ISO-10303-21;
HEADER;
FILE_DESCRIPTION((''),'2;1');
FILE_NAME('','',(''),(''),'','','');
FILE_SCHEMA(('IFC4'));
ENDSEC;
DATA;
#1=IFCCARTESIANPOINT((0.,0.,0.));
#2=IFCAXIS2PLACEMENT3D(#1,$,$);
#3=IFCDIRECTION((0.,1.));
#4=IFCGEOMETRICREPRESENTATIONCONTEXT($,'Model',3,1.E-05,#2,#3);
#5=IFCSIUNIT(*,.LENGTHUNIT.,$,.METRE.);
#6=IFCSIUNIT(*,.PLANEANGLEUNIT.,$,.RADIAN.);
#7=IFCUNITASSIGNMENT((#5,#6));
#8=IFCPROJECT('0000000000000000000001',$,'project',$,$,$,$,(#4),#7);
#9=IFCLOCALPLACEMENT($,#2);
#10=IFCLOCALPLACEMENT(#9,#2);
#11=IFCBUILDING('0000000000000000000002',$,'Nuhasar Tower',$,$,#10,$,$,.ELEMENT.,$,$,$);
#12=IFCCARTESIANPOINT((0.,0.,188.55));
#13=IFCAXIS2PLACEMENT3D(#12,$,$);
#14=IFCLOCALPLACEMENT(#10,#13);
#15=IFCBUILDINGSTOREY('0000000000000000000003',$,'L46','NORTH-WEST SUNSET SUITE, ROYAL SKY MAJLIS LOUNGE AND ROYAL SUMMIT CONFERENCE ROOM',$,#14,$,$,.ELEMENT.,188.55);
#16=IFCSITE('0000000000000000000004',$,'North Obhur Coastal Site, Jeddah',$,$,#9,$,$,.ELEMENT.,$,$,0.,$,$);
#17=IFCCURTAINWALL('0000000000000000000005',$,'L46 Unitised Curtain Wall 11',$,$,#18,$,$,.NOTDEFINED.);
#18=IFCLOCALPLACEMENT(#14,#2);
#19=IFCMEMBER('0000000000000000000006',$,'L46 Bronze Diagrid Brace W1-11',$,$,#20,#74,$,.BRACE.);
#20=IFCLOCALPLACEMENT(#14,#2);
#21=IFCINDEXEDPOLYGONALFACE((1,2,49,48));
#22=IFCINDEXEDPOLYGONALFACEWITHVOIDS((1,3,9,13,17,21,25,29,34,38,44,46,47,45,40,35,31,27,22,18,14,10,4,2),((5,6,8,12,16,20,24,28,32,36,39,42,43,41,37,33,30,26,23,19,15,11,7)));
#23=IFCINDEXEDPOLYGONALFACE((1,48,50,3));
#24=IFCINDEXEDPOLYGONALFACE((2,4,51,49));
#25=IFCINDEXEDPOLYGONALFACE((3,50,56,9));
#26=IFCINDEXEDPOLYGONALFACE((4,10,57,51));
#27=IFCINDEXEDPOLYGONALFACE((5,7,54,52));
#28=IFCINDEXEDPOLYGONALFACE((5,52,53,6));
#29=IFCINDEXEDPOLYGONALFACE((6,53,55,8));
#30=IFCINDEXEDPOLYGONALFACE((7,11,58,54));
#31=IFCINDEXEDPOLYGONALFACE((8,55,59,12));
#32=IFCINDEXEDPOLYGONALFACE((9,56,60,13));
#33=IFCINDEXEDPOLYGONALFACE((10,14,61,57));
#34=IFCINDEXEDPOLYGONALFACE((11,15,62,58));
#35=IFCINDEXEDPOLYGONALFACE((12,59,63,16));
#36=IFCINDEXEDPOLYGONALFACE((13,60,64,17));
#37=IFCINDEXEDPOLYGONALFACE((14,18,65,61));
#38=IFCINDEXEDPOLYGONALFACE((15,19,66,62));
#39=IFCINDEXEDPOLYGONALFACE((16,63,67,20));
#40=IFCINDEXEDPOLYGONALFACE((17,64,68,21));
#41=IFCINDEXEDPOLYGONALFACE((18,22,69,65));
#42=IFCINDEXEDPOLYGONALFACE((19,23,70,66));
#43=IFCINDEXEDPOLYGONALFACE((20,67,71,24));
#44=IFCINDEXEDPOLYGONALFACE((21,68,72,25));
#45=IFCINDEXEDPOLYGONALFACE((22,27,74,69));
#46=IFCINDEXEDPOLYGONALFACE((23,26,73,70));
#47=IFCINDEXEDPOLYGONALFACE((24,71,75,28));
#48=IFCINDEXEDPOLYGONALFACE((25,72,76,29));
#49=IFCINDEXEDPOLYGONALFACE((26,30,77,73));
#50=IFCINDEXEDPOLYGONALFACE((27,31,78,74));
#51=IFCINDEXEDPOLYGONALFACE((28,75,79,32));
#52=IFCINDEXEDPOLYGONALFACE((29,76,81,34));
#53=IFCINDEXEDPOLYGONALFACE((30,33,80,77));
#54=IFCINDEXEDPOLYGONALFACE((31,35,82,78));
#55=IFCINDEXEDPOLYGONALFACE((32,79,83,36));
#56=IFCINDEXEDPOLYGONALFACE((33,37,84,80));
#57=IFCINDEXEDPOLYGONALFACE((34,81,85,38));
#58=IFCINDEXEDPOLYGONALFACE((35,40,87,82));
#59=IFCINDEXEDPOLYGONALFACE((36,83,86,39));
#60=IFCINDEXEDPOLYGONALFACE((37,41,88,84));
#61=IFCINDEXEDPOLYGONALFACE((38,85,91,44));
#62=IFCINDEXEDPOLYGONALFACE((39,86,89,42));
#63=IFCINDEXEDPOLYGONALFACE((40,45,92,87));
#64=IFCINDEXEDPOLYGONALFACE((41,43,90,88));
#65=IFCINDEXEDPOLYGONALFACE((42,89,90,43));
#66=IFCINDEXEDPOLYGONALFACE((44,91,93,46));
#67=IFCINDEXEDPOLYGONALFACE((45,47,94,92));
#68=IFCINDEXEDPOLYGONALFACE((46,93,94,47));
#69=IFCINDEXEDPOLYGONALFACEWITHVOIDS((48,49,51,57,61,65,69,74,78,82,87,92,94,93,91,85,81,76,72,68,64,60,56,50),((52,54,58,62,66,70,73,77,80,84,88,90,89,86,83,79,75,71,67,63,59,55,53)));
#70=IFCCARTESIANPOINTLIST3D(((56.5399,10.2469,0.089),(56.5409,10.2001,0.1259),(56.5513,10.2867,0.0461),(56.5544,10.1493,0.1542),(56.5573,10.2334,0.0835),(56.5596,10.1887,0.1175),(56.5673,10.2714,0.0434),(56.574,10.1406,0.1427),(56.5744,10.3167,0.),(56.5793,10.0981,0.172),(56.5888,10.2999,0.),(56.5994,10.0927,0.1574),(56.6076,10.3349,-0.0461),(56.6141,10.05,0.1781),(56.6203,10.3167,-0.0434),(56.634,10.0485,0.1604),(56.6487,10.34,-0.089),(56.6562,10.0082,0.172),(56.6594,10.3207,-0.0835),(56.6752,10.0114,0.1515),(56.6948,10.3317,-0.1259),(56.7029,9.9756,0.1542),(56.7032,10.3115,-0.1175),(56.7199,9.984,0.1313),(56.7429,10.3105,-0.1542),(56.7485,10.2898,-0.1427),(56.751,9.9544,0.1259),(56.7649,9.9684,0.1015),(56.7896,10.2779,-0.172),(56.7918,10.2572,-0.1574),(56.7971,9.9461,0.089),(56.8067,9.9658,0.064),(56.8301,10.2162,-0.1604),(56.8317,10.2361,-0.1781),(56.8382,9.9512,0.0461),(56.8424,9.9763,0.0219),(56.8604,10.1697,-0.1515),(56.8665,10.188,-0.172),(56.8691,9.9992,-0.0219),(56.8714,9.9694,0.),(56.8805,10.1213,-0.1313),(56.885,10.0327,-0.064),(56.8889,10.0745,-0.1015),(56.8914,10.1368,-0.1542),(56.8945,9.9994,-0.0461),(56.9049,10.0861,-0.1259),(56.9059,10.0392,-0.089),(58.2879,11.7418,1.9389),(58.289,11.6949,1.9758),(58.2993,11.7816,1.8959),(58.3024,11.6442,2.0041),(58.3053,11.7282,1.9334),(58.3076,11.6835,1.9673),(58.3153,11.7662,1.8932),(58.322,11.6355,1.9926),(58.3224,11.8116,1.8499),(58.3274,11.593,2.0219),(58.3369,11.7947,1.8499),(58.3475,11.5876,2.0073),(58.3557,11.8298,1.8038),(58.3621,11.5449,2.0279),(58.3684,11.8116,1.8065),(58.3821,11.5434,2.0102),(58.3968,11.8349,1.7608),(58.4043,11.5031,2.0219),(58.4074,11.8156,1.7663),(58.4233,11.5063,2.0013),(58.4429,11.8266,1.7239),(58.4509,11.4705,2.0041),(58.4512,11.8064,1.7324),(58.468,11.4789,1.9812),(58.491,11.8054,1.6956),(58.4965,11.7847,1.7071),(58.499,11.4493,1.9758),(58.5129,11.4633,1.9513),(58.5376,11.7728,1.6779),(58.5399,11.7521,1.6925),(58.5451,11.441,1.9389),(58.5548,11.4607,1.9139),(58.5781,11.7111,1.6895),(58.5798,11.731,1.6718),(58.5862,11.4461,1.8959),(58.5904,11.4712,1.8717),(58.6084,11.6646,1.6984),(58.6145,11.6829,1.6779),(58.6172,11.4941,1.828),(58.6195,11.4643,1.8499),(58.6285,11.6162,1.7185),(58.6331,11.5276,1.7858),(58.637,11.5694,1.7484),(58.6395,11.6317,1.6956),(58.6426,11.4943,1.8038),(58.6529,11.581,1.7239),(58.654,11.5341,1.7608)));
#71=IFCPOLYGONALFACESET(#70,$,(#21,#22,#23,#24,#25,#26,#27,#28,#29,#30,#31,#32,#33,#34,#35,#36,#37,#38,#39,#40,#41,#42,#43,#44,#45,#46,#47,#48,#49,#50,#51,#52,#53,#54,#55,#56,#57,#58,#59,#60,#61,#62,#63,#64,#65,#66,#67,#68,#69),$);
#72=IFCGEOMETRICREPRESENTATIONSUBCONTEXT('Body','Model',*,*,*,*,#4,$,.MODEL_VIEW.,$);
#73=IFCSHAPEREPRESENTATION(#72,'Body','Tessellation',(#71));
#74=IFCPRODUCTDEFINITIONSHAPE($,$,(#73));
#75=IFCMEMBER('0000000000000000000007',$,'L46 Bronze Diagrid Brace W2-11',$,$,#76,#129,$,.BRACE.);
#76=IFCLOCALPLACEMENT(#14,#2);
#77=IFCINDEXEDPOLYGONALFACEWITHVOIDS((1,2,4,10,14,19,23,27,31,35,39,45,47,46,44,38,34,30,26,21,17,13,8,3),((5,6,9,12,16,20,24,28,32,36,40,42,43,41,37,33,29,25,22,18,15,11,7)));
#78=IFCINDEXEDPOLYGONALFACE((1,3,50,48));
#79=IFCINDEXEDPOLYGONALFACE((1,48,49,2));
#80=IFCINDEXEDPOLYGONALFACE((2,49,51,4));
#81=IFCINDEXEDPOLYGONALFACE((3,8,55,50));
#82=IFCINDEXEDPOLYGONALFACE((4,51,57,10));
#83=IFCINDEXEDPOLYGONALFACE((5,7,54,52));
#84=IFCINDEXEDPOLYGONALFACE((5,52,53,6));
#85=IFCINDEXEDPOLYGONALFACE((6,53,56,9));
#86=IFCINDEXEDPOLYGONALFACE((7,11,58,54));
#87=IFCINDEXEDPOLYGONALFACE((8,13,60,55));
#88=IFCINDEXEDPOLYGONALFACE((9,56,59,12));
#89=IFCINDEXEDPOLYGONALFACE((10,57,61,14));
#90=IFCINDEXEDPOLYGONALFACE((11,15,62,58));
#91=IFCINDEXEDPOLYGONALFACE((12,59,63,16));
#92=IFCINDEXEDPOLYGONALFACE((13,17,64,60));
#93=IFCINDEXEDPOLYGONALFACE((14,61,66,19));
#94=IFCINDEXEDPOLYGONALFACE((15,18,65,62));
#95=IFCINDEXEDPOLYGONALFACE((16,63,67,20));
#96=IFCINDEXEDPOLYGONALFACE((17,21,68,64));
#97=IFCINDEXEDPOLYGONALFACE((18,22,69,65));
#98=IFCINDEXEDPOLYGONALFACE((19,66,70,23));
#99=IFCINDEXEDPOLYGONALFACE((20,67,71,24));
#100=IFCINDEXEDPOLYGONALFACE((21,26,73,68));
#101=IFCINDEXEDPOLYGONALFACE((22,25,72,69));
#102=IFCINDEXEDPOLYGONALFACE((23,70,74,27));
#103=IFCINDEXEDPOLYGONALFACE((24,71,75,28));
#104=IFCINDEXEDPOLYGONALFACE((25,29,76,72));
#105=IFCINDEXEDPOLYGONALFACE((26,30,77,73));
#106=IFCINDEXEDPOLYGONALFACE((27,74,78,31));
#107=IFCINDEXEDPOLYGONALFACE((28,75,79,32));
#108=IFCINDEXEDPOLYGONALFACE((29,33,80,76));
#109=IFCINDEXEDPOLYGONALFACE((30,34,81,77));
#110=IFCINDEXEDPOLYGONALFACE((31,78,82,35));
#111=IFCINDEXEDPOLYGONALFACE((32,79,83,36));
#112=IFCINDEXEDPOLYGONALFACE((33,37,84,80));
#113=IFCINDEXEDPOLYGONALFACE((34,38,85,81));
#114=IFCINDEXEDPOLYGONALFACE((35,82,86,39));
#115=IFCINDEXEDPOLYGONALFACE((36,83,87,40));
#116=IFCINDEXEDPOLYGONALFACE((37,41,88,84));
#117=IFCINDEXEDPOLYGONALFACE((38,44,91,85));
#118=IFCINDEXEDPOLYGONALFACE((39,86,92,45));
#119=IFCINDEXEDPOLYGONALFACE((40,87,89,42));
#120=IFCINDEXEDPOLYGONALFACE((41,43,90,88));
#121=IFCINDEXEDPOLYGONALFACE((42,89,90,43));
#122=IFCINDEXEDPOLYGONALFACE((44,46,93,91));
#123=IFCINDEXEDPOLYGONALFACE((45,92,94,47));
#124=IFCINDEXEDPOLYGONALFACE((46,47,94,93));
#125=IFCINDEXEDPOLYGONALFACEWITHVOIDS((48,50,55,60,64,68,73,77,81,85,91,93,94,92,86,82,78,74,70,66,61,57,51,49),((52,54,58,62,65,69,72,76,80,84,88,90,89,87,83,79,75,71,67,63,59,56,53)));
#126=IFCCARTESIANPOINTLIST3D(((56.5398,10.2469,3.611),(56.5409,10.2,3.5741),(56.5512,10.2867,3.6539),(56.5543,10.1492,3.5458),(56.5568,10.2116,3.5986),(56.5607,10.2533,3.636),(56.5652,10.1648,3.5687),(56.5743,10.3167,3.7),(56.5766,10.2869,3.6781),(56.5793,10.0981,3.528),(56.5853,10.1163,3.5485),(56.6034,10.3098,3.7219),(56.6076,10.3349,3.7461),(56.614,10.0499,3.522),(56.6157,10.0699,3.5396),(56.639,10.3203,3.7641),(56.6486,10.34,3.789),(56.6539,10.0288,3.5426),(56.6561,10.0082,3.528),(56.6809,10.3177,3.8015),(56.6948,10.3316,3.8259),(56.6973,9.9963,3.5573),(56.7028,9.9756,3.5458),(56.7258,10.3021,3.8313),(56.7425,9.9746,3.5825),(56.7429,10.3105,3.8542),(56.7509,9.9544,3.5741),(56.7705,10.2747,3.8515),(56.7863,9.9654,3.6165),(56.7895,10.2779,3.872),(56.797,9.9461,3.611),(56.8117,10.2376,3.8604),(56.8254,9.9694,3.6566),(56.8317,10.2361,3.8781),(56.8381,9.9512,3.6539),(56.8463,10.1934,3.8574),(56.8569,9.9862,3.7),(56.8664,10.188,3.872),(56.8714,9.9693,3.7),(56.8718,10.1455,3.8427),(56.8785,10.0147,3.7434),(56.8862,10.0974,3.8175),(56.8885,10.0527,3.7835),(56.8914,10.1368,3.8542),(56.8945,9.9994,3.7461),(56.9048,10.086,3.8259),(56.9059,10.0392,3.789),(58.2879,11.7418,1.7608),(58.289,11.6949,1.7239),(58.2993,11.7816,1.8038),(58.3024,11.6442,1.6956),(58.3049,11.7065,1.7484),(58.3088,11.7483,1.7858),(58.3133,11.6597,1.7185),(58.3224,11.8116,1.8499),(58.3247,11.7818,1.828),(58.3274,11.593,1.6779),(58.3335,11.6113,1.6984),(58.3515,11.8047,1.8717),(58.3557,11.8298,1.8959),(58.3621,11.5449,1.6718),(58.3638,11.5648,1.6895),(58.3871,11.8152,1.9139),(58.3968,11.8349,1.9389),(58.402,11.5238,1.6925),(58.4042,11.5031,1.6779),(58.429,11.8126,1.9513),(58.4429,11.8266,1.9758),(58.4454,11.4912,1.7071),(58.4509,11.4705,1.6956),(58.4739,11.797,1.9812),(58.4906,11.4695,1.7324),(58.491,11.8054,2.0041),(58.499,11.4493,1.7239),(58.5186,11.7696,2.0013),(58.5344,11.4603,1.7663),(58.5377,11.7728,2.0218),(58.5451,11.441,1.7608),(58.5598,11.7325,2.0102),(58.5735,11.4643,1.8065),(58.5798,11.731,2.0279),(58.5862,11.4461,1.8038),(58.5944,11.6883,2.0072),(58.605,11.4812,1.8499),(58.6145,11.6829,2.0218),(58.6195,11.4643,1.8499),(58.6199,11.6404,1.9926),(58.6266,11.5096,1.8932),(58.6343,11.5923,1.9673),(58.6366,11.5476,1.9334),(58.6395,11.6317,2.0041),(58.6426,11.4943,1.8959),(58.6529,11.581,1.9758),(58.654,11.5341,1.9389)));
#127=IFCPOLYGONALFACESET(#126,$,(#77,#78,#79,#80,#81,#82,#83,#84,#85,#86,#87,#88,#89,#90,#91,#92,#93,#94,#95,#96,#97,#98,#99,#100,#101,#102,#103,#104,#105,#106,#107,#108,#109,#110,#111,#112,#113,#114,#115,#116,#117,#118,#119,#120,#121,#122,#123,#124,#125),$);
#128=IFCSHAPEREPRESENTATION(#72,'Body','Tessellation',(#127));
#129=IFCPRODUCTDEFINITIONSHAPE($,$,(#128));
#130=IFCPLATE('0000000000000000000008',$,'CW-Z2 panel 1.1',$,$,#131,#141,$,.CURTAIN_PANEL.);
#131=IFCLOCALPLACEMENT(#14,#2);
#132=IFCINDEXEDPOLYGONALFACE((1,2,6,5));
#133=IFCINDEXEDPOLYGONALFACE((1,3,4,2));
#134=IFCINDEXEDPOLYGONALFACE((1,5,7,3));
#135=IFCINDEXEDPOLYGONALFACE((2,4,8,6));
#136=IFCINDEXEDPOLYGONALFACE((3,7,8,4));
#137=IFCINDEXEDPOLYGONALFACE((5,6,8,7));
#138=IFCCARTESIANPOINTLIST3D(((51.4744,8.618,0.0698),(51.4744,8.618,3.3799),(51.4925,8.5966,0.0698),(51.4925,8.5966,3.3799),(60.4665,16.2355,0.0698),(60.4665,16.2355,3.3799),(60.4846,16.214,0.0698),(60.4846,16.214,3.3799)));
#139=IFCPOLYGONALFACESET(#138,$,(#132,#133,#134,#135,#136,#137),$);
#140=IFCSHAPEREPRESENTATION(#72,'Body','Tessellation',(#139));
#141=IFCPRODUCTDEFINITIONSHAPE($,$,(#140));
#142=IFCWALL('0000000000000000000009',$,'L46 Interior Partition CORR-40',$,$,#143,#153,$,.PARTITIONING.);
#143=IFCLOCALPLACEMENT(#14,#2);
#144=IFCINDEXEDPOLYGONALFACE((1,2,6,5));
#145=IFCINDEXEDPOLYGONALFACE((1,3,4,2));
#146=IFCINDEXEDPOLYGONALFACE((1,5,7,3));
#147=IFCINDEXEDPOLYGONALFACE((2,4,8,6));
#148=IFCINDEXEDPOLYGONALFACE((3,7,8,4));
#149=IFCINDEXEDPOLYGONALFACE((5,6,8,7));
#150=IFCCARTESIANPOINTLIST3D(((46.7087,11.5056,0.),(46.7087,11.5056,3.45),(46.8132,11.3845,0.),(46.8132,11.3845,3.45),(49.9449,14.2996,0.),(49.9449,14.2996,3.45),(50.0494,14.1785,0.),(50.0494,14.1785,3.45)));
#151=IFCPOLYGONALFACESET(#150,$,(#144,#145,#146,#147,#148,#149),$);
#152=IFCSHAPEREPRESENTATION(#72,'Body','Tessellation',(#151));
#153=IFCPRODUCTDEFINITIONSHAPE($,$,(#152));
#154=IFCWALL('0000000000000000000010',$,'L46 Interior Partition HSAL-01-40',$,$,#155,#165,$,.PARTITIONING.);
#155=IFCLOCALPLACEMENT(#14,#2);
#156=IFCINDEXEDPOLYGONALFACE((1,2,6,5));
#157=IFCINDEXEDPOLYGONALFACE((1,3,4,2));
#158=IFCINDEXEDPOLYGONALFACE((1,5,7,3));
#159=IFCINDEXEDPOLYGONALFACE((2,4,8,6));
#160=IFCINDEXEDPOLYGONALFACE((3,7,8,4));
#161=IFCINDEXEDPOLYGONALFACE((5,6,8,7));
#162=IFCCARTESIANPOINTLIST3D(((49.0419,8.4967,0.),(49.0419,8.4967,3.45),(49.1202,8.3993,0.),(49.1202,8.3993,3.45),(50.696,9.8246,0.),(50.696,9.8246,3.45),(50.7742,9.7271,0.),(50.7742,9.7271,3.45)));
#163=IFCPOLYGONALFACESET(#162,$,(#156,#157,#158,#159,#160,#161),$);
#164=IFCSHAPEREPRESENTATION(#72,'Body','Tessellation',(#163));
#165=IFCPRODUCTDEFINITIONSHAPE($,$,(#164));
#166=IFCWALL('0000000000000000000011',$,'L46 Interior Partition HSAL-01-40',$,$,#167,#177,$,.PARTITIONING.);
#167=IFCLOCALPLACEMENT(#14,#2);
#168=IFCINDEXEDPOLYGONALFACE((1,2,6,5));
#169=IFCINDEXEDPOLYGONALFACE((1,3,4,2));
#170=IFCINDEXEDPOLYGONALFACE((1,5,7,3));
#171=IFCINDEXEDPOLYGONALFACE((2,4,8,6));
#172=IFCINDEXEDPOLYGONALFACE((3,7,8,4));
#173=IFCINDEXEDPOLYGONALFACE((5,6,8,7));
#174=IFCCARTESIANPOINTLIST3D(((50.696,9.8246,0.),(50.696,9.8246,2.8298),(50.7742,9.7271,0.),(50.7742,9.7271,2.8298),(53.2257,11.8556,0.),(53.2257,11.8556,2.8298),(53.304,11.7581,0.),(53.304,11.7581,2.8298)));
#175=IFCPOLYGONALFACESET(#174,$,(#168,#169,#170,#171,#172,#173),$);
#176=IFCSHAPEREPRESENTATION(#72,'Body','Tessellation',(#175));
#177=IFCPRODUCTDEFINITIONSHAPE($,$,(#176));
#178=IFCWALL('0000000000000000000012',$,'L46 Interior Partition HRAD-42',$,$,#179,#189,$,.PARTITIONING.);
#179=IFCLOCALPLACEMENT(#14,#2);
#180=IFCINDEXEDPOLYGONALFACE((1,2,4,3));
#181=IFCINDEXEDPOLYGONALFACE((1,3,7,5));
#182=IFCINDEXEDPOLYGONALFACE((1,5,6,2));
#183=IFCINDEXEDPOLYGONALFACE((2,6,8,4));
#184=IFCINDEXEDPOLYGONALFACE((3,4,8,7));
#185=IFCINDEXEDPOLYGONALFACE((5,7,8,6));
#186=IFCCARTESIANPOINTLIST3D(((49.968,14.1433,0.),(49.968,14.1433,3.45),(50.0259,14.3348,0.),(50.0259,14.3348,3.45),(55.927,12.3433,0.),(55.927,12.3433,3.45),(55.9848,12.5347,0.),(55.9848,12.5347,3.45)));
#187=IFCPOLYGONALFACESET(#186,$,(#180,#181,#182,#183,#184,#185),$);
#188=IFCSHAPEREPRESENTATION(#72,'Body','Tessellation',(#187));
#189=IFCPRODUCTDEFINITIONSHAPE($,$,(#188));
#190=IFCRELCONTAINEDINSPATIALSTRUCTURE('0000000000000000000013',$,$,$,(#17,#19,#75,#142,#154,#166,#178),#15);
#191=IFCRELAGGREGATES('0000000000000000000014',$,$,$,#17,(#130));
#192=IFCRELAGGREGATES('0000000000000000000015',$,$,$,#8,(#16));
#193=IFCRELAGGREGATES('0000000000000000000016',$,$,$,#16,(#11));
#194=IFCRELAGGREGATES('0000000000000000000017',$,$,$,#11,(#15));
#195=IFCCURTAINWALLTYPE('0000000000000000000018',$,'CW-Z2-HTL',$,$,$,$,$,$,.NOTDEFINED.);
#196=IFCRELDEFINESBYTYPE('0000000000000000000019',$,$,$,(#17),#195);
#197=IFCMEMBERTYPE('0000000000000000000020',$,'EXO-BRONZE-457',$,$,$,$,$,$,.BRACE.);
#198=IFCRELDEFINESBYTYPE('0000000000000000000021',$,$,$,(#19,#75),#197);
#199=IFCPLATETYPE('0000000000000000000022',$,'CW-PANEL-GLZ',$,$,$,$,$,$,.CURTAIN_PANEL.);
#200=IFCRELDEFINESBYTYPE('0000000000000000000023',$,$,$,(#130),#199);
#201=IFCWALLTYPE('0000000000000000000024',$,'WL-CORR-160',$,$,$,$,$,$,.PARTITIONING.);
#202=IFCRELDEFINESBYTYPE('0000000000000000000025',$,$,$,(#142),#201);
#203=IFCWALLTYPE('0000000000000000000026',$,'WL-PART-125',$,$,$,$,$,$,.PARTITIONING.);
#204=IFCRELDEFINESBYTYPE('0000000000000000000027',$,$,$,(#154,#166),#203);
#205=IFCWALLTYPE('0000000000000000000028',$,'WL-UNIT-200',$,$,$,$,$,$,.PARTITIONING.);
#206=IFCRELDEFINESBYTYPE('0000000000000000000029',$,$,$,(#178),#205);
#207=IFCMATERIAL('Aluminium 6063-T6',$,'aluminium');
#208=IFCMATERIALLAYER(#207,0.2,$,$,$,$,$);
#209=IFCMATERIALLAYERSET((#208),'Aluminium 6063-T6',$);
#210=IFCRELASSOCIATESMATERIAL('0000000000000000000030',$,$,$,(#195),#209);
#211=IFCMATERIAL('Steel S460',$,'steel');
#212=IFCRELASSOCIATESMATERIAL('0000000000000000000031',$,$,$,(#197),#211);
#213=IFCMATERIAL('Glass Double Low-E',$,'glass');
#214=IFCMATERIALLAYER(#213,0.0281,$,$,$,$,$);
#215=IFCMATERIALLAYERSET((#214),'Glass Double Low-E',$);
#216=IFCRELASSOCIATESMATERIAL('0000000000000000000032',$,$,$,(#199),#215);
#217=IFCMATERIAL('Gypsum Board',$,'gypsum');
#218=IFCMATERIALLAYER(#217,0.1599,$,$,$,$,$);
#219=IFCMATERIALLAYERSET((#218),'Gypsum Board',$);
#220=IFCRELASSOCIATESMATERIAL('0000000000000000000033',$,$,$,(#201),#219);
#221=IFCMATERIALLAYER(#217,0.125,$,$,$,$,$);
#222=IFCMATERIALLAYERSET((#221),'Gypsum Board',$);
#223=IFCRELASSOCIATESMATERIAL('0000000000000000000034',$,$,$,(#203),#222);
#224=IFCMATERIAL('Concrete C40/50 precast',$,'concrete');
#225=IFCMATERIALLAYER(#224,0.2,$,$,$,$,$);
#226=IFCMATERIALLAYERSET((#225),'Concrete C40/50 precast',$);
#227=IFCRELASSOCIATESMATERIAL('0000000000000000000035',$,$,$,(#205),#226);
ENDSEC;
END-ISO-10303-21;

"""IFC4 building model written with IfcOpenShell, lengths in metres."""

from ifc_helpers import new_model, si_unit, direction, frame, frame_2d, origin, origin_2d, place, context, subcontext, project, spatial, rectangle, hollow_circle, extrude, material, layer, layer_set, material_profile, profile_set, type_object, element, aggregate, save


model = new_model("IFC4")

# Units and contexts
model_context = context("Model", 3, precision=1e-05, world=origin(), true_north=direction((0.0, 1.0)))
body_context = subcontext(model_context, "Body", "Model", "MODEL_VIEW")
ifc_project = project(units=[si_unit("LENGTHUNIT", "METRE"), si_unit("PLANEANGLEUNIT", "RADIAN")], contexts=[model_context])

# Site, building, storey
site_placement = place(None, origin())
site = spatial("IfcSite", under=ifc_project, at=site_placement, Name="North Obhur Coastal Site, Jeddah", CompositionType="ELEMENT", RefElevation=0.0)
building_placement = place(site_placement, origin())
building = spatial("IfcBuilding", under=site, at=building_placement, Name="Nuhasar Tower", CompositionType="ELEMENT")
storey_placement = place(building_placement, frame((0.0, 0.0, 188.55)))
storey = spatial("IfcBuildingStorey", under=building, at=storey_placement, Name="L46", Description="NORTH-WEST SUNSET SUITE, ROYAL SKY MAJLIS LOUNGE AND ROYAL SUMMIT CONFERENCE ROOM", CompositionType="ELEMENT", Elevation=188.55)

# Shared definitions
ifc_material_1 = material(Name="Aluminium 6063-T6", Category="aluminium")
ifc_layer_1 = layer(ifc_material_1, 0.2)
ifc_layer_set_1 = layer_set([ifc_layer_1], Name="Aluminium 6063-T6")
curtain_wall_type = type_object("IfcCurtainWallType", Name="CW-Z2-HTL", PredefinedType="NOTDEFINED", material=ifc_layer_set_1)

# Curtain wall
curtain_wall_1_placement = place(storey_placement, origin())
curtain_wall_1 = element("IfcCurtainWall", 1, at=curtain_wall_1_placement, inside=storey, type_object=curtain_wall_type, Name="L46 Unitised Curtain Wall 11", PredefinedType="NOTDEFINED")

# Members
ifc_material_2 = material(Name="Steel S460", Category="steel")
ifc_material_profile_1 = material_profile(ifc_material_2, hollow_circle(Radius=0.2285, WallThickness=0.0222, at=origin_2d()), Name="HSS457X22.2")
ifc_profile_set_1 = profile_set([ifc_material_profile_1], Name="Steel S460")
member_type_1 = type_object("IfcMemberType", Name="EXO-BRONZE-457", PredefinedType="BRACE", material=ifc_profile_set_1)
member_1_placement = place(storey_placement, frame((56.7229, 10.1431, 0.0), z_axis=(0.592226, 0.506452, 0.626717), x_axis=(-0.649926, 0.759998, 0.0)))
element("IfcMember", 2, at=member_1_placement, inside=storey, type_object=member_type_1, Name="L46 Bronze Diagrid Brace W1-11", PredefinedType="BRACE", context=body_context, shape_type="SweptSolid", body=[
    extrude(hollow_circle(Radius=0.2285, WallThickness=0.0222, at=origin_2d()), origin(), (0.0, 0.0, 1.0), 2.9517),
])
member_2_placement = place(storey_placement, frame((58.4709, 11.6379, 1.8499), z_axis=(-0.592195, -0.506426, 0.626767), x_axis=(0.649926, -0.759998, 0.0)))
element("IfcMember", 3, at=member_2_placement, inside=storey, type_object=member_type_1, Name="L46 Bronze Diagrid Brace W2-11", PredefinedType="BRACE", context=body_context, shape_type="SweptSolid", body=[
    extrude(hollow_circle(Radius=0.2285, WallThickness=0.0222, at=origin_2d()), origin(), (0.0, 0.0, 1.0), 2.9519),
])

# Plate
ifc_material_3 = material(Name="Glass Double Low-E", Category="glass")
ifc_layer_2 = layer(ifc_material_3, 0.0281)
ifc_layer_set_2 = layer_set([ifc_layer_2], Name="Glass Double Low-E")
plate_type = type_object("IfcPlateType", Name="CW-PANEL-GLZ", PredefinedType="CURTAIN_PANEL", material=ifc_layer_set_2)
plate_placement = place(storey_placement, frame((55.9795, 12.416, 0.0698), z_axis=(0.0, 0.0, 1.0), x_axis=(0.76302, 0.646374, 0.0)))
plate = element("IfcPlate", 4, at=plate_placement, type_object=plate_type, Name="CW-Z2 panel 1.1", PredefinedType="CURTAIN_PANEL", context=body_context, shape_type="SweptSolid", body=[
    extrude(rectangle(XDim=11.7849, YDim=0.0281, at=origin_2d()), origin(), (0.0, 0.0, 1.0), 3.3101),
])
aggregate(curtain_wall_1, [plate])

# Walls
ifc_material_4 = material(Name="Gypsum Board", Category="gypsum")
ifc_layer_3 = layer(ifc_material_4, 0.1599)
ifc_layer_set_3 = layer_set([ifc_layer_3], Name="Gypsum Board")
wall_type_1 = type_object("IfcWallType", Name="WL-CORR-160", PredefinedType="PARTITIONING", material=ifc_layer_set_3)
wall_1_placement = place(storey_placement, frame((46.761, 11.4451, 0.0), z_axis=(0.0, 0.0, 1.0), x_axis=(0.756922, 0.653505, 0.0)))
element("IfcWall", 5, at=wall_1_placement, inside=storey, type_object=wall_type_1, Name="L46 Interior Partition CORR-40", PredefinedType="PARTITIONING", context=body_context, shape_type="SweptSolid", body=[
    extrude(rectangle(XDim=4.2754, YDim=0.1599, at=frame_2d((2.1377, 0.0))), origin(), (0.0, 0.0, 1.0), 3.45),
])
ifc_layer_4 = layer(ifc_material_4, 0.125)
ifc_layer_set_4 = layer_set([ifc_layer_4], Name="Gypsum Board")
wall_type_2 = type_object("IfcWallType", Name="WL-PART-125", PredefinedType="PARTITIONING", material=ifc_layer_set_4)
wall_2_placement = place(storey_placement, frame((49.0811, 8.448, 0.0), z_axis=(0.0, 0.0, 1.0), x_axis=(0.779801, 0.626028, 0.0)))
element("IfcWall", 6, at=wall_2_placement, inside=storey, type_object=wall_type_2, Name="L46 Interior Partition HSAL-01-40", PredefinedType="PARTITIONING", context=body_context, shape_type="SweptSolid", body=[
    extrude(rectangle(XDim=2.1211, YDim=0.125, at=frame_2d((1.0605, 0.0))), origin(), (0.0, 0.0, 1.0), 3.45),
])
wall_3_placement = place(storey_placement, frame((50.7351, 9.7759, 0.0), z_axis=(0.0, 0.0, 1.0), x_axis=(0.779788, 0.626043, 0.0)))
element("IfcWall", 7, at=wall_3_placement, inside=storey, type_object=wall_type_2, Name="L46 Interior Partition HSAL-01-40", PredefinedType="PARTITIONING", context=body_context, shape_type="SweptSolid", body=[
    extrude(rectangle(XDim=3.2441, YDim=0.125, at=frame_2d((1.6221, 0.0))), origin(), (0.0, 0.0, 1.0), 2.8298),
])
ifc_material_5 = material(Name="Concrete C40/50 precast", Category="concrete")
ifc_layer_5 = layer(ifc_material_5, 0.2)
ifc_layer_set_5 = layer_set([ifc_layer_5], Name="Concrete C40/50 precast")
wall_type_3 = type_object("IfcWallType", Name="WL-UNIT-200", PredefinedType="PARTITIONING", material=ifc_layer_set_5)
wall_4_placement = place(storey_placement, frame((49.9971, 14.239, 0.0), z_axis=(0.0, 0.0, 1.0), x_axis=(0.957278, -0.289168, 0.0)))
element("IfcWall", 8, at=wall_4_placement, inside=storey, type_object=wall_type_3, Name="L46 Interior Partition HRAD-42", PredefinedType="PARTITIONING", context=body_context, shape_type="SweptSolid", body=[
    extrude(rectangle(XDim=6.2249, YDim=0.2, at=frame_2d((3.1123, 0.0))), origin(), (0.0, 0.0, 1.0), 3.45),
])

save(model, "model.ifc")
